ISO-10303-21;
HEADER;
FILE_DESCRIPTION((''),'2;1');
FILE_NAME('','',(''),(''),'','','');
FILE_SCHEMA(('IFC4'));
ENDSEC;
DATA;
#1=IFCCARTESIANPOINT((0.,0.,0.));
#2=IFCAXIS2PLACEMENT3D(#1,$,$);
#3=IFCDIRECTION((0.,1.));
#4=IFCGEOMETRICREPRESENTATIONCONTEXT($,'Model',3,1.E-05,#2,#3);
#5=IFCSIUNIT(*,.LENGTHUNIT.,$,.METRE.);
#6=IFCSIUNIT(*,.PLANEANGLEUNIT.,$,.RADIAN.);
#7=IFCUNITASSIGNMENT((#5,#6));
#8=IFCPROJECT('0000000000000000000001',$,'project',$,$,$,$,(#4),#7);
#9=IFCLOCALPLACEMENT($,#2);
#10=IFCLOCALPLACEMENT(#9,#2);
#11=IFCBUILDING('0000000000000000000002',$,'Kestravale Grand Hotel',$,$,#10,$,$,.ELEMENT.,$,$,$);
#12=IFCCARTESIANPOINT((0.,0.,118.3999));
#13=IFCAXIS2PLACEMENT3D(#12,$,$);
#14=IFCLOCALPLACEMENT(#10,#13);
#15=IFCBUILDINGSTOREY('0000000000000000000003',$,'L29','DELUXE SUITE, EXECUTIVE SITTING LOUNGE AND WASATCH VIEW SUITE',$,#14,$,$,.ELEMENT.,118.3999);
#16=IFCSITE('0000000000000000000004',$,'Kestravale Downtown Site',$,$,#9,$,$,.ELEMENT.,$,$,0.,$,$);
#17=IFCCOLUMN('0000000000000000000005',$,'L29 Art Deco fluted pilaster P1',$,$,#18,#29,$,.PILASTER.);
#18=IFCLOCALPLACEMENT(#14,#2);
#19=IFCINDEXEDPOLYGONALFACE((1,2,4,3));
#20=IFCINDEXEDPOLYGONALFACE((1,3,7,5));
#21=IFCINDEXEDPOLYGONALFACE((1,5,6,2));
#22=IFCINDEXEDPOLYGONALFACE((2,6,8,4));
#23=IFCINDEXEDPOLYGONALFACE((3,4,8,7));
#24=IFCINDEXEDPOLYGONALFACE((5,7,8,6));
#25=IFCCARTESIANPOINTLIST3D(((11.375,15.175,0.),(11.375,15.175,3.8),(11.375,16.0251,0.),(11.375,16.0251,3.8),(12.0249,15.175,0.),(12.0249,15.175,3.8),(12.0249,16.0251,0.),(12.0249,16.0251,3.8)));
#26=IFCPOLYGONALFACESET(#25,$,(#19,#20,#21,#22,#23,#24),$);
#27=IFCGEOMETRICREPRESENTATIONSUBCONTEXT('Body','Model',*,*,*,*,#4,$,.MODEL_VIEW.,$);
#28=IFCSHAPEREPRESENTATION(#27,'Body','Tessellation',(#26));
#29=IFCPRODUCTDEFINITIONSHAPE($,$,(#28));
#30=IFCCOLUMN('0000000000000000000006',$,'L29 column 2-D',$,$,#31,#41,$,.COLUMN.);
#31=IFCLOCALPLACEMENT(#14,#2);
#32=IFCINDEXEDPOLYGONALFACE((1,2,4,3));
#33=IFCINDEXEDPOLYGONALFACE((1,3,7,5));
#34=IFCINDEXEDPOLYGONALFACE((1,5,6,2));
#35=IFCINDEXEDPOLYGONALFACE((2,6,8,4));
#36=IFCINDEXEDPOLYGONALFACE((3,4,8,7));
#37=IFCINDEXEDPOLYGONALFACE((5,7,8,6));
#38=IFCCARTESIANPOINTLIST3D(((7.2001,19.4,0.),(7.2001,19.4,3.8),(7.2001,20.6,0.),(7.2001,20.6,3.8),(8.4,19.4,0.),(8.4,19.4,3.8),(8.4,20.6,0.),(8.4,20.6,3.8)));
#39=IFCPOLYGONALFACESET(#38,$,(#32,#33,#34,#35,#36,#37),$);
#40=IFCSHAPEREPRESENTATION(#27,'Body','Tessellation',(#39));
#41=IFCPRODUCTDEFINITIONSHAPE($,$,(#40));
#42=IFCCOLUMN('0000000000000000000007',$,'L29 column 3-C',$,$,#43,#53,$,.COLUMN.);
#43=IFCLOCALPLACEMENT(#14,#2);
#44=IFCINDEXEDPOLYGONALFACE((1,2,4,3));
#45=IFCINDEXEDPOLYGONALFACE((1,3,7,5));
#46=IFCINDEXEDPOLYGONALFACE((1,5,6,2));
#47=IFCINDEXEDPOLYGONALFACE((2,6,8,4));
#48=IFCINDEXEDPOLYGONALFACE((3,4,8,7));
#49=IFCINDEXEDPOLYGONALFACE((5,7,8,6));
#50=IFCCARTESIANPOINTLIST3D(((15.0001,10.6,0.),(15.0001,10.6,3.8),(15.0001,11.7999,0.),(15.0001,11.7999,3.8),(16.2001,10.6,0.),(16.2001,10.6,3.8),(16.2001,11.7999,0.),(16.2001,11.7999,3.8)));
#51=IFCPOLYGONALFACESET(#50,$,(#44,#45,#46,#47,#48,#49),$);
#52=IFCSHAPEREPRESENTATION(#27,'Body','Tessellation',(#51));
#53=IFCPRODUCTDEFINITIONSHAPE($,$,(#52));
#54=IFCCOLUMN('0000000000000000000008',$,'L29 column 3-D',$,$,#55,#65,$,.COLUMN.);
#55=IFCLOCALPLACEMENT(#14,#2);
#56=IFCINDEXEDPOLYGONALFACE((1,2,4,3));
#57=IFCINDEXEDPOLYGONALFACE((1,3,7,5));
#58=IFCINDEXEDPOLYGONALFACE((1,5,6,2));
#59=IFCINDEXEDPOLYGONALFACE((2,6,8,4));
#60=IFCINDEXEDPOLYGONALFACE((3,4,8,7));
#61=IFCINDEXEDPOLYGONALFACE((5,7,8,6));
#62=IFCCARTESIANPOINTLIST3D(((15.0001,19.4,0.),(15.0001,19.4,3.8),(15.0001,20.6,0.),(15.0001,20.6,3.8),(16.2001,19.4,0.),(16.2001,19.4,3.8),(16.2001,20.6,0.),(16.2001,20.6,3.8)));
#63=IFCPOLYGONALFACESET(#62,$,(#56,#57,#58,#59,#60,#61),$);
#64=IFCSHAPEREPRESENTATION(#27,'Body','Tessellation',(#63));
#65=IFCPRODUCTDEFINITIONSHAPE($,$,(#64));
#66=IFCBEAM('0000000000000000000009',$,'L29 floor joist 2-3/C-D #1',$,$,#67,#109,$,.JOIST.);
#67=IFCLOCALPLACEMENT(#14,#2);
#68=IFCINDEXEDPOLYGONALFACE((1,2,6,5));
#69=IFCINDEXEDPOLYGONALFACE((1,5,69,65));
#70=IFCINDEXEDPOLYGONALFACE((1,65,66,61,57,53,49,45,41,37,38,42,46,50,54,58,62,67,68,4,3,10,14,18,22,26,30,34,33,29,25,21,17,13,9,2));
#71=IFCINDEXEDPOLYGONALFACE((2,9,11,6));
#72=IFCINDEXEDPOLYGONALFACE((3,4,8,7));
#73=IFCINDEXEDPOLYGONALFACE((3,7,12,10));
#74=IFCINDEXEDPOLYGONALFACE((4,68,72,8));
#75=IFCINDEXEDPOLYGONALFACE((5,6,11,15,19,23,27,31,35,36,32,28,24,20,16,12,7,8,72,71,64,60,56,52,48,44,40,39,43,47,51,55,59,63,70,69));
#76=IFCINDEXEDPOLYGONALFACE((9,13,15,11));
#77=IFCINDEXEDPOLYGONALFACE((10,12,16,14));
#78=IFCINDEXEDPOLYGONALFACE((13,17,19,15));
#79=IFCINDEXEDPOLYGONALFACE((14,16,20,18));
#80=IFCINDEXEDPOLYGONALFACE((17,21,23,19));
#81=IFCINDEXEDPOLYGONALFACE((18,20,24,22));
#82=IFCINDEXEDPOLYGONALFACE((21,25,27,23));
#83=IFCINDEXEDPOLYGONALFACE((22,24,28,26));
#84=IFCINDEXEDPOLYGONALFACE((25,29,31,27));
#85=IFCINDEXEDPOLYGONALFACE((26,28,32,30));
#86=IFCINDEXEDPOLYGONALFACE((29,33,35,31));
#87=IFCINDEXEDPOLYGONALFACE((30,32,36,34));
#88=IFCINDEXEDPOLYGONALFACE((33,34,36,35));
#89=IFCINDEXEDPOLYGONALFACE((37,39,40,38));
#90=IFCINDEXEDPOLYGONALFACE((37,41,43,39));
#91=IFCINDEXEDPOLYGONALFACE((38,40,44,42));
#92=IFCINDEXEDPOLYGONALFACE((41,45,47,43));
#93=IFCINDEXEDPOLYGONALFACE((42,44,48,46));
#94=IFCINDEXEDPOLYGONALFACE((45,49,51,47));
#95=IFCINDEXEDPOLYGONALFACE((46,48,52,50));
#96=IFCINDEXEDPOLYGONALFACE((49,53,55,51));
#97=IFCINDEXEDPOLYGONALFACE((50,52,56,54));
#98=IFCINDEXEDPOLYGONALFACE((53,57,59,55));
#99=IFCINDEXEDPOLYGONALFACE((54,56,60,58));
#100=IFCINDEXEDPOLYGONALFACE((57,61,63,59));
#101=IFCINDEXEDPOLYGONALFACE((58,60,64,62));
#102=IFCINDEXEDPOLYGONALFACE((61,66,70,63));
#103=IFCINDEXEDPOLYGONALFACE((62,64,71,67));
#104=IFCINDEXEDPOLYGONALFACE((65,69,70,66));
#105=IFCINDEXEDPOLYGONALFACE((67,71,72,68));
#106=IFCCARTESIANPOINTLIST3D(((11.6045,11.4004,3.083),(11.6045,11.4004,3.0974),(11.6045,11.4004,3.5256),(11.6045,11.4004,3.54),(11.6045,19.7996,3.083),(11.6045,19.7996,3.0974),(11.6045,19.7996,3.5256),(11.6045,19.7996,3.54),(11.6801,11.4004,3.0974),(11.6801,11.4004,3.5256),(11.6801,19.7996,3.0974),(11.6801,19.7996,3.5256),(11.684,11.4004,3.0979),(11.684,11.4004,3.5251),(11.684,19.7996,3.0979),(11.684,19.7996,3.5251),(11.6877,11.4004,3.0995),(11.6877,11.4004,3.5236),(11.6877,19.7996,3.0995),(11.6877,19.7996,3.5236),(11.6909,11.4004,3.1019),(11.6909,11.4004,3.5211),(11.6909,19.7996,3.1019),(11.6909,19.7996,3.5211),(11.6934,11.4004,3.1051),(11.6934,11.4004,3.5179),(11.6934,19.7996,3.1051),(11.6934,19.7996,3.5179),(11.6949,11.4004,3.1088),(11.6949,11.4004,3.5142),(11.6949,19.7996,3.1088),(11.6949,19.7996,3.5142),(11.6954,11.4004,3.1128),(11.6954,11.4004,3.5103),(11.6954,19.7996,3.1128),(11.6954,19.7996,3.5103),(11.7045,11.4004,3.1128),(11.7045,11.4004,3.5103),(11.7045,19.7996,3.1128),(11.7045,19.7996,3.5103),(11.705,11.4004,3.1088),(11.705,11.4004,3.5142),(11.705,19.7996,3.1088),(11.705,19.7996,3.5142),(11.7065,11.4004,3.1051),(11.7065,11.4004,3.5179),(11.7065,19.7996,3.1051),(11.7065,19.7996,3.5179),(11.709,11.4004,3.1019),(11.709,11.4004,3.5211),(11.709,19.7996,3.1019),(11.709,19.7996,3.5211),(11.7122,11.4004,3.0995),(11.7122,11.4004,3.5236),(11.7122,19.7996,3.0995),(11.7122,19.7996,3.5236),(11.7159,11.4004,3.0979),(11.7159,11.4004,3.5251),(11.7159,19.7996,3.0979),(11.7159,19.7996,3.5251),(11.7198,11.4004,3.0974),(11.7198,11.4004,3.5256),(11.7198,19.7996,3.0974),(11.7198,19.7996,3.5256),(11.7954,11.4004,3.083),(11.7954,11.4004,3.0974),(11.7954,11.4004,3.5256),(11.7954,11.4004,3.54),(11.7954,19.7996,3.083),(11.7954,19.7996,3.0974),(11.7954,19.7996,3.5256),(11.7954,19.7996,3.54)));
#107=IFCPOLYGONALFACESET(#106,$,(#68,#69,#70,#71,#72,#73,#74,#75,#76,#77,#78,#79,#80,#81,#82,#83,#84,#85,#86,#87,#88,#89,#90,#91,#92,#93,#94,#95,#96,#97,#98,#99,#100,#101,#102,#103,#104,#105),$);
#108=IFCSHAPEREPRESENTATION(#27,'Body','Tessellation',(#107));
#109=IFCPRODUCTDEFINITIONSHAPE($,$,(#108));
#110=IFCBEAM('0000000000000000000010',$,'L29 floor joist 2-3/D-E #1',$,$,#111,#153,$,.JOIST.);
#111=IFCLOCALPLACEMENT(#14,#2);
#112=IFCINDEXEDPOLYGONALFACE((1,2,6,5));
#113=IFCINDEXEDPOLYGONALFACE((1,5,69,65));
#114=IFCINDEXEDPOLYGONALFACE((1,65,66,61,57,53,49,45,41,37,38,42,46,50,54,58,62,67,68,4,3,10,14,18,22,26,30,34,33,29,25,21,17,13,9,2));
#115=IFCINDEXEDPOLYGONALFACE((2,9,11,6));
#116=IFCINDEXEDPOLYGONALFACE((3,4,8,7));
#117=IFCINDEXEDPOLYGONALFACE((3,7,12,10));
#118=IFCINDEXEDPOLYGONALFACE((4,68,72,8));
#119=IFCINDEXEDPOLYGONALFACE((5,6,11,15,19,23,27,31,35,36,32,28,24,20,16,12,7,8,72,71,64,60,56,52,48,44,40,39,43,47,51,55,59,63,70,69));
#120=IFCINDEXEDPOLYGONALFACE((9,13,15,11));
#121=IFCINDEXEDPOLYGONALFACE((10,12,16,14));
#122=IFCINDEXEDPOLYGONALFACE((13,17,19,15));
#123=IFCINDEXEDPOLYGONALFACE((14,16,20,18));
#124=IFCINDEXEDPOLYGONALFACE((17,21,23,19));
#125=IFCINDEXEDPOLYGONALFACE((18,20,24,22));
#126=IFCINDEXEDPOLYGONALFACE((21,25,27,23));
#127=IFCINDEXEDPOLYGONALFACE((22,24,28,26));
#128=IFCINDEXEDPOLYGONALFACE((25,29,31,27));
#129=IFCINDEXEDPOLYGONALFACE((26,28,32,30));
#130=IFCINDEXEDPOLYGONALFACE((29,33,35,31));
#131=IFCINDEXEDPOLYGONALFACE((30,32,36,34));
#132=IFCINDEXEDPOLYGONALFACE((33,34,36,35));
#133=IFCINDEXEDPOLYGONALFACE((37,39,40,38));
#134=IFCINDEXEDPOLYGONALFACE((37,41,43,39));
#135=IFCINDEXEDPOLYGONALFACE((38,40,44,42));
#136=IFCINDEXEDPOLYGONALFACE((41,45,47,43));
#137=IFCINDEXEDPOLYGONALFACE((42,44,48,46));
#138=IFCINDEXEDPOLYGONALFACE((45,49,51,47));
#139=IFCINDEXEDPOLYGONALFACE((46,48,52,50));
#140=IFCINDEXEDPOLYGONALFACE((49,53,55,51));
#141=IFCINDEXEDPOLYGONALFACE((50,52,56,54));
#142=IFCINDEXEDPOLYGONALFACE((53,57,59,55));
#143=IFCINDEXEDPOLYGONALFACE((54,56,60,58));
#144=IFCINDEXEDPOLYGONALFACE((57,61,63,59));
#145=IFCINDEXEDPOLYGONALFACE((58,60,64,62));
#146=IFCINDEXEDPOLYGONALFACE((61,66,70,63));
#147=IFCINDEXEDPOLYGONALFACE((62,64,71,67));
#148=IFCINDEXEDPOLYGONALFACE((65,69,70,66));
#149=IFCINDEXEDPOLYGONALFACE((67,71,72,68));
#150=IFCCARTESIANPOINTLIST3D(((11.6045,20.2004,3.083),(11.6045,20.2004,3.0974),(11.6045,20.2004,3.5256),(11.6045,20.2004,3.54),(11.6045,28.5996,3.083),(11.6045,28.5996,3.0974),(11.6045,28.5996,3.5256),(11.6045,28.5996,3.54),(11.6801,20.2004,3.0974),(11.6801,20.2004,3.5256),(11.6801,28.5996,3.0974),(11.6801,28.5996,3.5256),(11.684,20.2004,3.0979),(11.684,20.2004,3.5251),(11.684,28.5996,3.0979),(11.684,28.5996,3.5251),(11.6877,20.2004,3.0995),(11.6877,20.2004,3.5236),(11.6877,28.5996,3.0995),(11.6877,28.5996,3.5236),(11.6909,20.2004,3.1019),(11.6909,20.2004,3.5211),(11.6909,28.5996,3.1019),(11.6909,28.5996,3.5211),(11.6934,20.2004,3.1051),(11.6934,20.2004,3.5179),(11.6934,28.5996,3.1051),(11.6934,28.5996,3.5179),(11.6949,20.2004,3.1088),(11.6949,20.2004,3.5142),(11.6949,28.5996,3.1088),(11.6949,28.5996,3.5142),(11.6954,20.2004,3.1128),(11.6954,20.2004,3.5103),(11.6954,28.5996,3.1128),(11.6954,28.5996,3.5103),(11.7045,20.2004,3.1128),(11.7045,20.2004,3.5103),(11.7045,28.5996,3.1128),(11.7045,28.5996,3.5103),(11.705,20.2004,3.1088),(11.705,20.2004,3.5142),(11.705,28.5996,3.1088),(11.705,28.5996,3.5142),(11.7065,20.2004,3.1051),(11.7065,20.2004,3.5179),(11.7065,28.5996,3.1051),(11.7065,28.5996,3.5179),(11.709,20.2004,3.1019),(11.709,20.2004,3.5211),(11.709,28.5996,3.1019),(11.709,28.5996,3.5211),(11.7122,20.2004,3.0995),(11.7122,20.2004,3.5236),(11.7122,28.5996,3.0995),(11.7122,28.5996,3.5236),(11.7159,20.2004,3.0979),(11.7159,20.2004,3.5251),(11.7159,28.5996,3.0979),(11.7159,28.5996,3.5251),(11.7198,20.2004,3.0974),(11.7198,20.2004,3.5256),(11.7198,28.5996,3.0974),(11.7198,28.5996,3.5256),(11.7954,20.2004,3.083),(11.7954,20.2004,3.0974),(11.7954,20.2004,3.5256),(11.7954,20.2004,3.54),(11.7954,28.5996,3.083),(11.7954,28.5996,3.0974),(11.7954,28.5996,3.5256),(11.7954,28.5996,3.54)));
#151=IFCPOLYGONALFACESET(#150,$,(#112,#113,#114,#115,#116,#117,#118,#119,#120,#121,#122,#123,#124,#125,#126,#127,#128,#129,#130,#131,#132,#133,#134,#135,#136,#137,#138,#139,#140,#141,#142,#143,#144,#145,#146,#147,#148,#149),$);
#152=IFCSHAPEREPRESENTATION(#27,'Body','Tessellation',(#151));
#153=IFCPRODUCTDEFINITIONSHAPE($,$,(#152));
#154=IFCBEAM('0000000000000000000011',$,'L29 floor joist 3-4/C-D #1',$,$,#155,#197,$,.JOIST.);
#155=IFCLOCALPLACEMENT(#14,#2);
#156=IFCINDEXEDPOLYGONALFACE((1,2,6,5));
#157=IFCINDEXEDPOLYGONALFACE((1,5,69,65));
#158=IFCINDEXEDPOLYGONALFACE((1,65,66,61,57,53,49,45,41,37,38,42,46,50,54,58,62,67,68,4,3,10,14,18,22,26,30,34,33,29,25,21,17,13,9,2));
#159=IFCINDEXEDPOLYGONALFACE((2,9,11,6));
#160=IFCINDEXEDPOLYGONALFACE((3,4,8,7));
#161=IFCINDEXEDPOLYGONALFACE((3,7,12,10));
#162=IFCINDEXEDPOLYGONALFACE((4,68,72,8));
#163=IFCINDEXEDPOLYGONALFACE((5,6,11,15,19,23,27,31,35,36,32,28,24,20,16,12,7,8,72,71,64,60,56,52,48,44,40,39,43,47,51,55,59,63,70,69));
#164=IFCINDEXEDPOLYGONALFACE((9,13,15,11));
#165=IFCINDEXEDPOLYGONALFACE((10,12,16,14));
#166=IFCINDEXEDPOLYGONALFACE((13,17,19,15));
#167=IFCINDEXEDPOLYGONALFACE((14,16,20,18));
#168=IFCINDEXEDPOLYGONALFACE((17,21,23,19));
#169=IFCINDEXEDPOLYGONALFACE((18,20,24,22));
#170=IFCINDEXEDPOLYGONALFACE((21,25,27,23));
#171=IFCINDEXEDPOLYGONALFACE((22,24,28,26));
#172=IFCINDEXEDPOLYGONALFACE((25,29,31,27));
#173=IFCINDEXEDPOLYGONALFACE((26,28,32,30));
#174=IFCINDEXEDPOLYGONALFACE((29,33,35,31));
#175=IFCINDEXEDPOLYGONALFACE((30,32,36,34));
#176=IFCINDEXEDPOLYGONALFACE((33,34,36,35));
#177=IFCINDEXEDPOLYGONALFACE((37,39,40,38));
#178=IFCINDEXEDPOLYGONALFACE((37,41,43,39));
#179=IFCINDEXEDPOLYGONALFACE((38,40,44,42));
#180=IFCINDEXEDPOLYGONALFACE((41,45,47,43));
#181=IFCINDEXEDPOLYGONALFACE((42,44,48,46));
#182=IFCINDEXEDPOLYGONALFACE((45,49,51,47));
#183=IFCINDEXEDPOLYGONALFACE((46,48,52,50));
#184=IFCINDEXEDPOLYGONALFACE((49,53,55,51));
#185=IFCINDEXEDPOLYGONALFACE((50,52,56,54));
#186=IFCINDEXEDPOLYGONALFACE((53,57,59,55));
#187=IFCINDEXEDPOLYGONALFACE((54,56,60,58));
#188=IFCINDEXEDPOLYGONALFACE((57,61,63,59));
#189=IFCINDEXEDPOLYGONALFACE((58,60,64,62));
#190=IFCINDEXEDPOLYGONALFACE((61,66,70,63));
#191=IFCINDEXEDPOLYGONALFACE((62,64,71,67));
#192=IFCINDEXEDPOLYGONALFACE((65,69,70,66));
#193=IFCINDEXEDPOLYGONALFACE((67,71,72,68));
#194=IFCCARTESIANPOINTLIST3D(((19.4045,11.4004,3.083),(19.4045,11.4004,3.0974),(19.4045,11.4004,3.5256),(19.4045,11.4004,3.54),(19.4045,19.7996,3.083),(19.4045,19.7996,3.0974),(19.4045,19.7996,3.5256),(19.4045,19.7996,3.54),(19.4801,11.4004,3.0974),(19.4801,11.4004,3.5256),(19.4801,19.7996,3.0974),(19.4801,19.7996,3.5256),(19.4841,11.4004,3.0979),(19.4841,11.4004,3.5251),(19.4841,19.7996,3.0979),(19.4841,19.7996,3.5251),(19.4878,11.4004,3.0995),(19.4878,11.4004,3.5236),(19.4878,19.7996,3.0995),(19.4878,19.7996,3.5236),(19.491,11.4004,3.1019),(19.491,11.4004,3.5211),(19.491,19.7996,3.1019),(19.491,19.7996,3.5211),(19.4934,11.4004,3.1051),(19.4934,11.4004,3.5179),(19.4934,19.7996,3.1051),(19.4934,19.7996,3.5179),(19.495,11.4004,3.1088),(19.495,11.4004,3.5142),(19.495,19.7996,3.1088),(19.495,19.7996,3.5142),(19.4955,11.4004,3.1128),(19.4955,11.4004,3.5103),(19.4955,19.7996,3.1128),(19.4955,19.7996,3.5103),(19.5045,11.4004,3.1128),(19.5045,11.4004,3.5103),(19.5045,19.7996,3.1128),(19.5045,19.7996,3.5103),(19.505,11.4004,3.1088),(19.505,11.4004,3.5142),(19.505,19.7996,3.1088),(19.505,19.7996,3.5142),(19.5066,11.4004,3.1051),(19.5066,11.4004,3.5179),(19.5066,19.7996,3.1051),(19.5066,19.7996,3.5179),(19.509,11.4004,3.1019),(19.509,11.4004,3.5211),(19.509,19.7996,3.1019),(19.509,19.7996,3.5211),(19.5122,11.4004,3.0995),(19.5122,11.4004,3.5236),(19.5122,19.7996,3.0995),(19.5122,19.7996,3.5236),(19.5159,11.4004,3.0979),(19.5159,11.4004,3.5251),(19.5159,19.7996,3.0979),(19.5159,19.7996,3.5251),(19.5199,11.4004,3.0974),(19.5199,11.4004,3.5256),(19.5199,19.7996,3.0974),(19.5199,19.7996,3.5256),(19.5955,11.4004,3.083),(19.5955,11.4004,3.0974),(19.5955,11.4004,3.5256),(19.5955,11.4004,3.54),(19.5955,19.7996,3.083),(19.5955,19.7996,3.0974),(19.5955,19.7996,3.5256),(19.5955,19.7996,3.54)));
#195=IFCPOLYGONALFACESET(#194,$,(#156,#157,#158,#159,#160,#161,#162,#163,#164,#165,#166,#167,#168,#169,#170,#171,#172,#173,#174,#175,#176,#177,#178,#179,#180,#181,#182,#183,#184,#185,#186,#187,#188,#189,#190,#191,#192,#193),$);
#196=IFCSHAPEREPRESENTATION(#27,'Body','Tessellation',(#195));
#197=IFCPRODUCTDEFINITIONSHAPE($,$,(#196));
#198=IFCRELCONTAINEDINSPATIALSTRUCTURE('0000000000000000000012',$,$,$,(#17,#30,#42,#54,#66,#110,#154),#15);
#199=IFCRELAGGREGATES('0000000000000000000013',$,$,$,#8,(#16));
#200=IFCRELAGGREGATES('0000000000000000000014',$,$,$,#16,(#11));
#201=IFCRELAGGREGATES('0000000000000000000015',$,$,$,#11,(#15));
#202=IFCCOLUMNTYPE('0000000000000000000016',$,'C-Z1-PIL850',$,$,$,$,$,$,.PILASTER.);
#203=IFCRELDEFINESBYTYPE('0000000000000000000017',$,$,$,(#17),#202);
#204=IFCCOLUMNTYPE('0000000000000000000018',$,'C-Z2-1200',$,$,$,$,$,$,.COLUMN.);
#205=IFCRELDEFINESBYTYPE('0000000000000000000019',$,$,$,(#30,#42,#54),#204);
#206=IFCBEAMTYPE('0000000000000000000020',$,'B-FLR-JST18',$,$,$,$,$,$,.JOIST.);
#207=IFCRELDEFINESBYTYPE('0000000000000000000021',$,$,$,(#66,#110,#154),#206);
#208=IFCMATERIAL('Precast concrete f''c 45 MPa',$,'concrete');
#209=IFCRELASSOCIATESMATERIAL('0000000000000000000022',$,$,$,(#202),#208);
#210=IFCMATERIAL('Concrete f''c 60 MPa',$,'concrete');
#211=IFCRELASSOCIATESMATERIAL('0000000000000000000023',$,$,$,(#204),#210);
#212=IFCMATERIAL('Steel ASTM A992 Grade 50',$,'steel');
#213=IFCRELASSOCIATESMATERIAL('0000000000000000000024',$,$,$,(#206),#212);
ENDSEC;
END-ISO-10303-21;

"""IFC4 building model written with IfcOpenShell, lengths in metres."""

from ifc_helpers import new_model, si_unit, direction, frame, origin, origin_2d, place, context, subcontext, project, spatial, rectangle, i_section, extrude, material, material_profile, profile_set, type_object, element, save


model = new_model("IFC4")

# Units and contexts
model_context = context("Model", 3, precision=1e-05, world=origin(), true_north=direction((0.0, 1.0)))
body_context = subcontext(model_context, "Body", "Model", "MODEL_VIEW")
ifc_project = project(units=[si_unit("LENGTHUNIT", "METRE"), si_unit("PLANEANGLEUNIT", "RADIAN")], contexts=[model_context])

# Site, building, storey
site_placement = place(None, origin())
site = spatial("IfcSite", under=ifc_project, at=site_placement, Name="Kestravale Downtown Site", CompositionType="ELEMENT", RefElevation=0.0)
building_placement = place(site_placement, origin())
building = spatial("IfcBuilding", under=site, at=building_placement, Name="Kestravale Grand Hotel", CompositionType="ELEMENT")
storey_placement = place(building_placement, frame((0.0, 0.0, 118.3999)))
storey = spatial("IfcBuildingStorey", under=building, at=storey_placement, Name="L29", Description="DELUXE SUITE, EXECUTIVE SITTING LOUNGE AND WASATCH VIEW SUITE", CompositionType="ELEMENT", Elevation=118.3999)

# Columns
ifc_material_1 = material(Name="Precast concrete f'c 45 MPa", Category="concrete")
ifc_material_profile_1 = material_profile(ifc_material_1, rectangle(XDim=0.6499, YDim=0.8501, at=origin_2d()))
ifc_profile_set_1 = profile_set([ifc_material_profile_1], Name="Precast concrete f'c 45 MPa")
column_type_1 = type_object("IfcColumnType", Name="C-Z1-PIL850", PredefinedType="PILASTER", material=ifc_profile_set_1)
column_placement = place(storey_placement, frame((11.7, 15.6001, 0.0), z_axis=(0.0, 0.0, 1.0), x_axis=(1.0, 0.0, 0.0)))
element("IfcColumn", 1, at=column_placement, inside=storey, type_object=column_type_1, Name="L29 Art Deco fluted pilaster P1", PredefinedType="PILASTER", context=body_context, shape_type="SweptSolid", body=[
    extrude(rectangle(XDim=0.6499, YDim=0.8501, at=origin_2d()), origin(), (0.0, 0.0, 1.0), 3.8),
])
ifc_material_2 = material(Name="Concrete f'c 60 MPa", Category="concrete")
ifc_material_profile_2 = material_profile(ifc_material_2, rectangle(XDim=1.2, YDim=1.2, at=origin_2d()))
ifc_profile_set_2 = profile_set([ifc_material_profile_2], Name="Concrete f'c 60 MPa")
column_type_2 = type_object("IfcColumnType", Name="C-Z2-1200", PredefinedType="COLUMN", material=ifc_profile_set_2)
for number, where, z_axis, x_axis, name in (
    (2, (7.8, 20.0, 0.0), (0.0, 0.0, 1.0), (1.0, 0.0, 0.0), "L29 column 2-D"),
    (3, (15.6001, 11.2, 0.0), (0.0, 0.0, 1.0), (1.0, 0.0, 0.0), "L29 column 3-C"),
    (4, (15.6001, 20.0, 0.0), (0.0, 0.0, 1.0), (1.0, 0.0, 0.0), "L29 column 3-D"),
):
    element("IfcColumn", number, at=place(storey_placement, frame(where, z_axis=z_axis, x_axis=x_axis)), inside=storey, type_object=column_type_2, Name=name, PredefinedType="COLUMN", context=body_context, shape_type="SweptSolid", body=[
        extrude(rectangle(XDim=1.2, YDim=1.2, at=origin_2d()), origin(), (0.0, 0.0, 1.0), 3.8),
    ])

# Beams
ifc_material_3 = material(Name="Steel ASTM A992 Grade 50", Category="steel")
ifc_material_profile_3 = material_profile(ifc_material_3, i_section(OverallWidth=0.1909, OverallDepth=0.457, WebThickness=0.009, FlangeThickness=0.0144, FilletRadius=0.0154, at=origin_2d()))
ifc_profile_set_3 = profile_set([ifc_material_profile_3], Name="Steel ASTM A992 Grade 50")
beam_type_1 = type_object("IfcBeamType", Name="B-FLR-JST18", PredefinedType="JOIST", material=ifc_profile_set_3)
for number, where, z_axis, x_axis, name in (
    (5, (11.7, 11.4004, 3.3115), (0.0, 1.0, 0.0), (-1.0, 0.0, 0.0), "L29 floor joist 2-3/C-D #1"),
    (6, (11.7, 20.2004, 3.3115), (0.0, 1.0, 0.0), (-1.0, 0.0, 0.0), "L29 floor joist 2-3/D-E #1"),
    (7, (19.5, 11.4004, 3.3115), (0.0, 1.0, 0.0), (-1.0, 0.0, 0.0), "L29 floor joist 3-4/C-D #1"),
):
    element("IfcBeam", number, at=place(storey_placement, frame(where, z_axis=z_axis, x_axis=x_axis)), inside=storey, type_object=beam_type_1, Name=name, PredefinedType="JOIST", context=body_context, shape_type="SweptSolid", body=[
        extrude(i_section(OverallWidth=0.1909, OverallDepth=0.457, WebThickness=0.009, FlangeThickness=0.0144, FilletRadius=0.0154, at=origin_2d()), origin(), (0.0, 0.0, 1.0), 8.3992),
    ])

save(model, "model.ifc")
